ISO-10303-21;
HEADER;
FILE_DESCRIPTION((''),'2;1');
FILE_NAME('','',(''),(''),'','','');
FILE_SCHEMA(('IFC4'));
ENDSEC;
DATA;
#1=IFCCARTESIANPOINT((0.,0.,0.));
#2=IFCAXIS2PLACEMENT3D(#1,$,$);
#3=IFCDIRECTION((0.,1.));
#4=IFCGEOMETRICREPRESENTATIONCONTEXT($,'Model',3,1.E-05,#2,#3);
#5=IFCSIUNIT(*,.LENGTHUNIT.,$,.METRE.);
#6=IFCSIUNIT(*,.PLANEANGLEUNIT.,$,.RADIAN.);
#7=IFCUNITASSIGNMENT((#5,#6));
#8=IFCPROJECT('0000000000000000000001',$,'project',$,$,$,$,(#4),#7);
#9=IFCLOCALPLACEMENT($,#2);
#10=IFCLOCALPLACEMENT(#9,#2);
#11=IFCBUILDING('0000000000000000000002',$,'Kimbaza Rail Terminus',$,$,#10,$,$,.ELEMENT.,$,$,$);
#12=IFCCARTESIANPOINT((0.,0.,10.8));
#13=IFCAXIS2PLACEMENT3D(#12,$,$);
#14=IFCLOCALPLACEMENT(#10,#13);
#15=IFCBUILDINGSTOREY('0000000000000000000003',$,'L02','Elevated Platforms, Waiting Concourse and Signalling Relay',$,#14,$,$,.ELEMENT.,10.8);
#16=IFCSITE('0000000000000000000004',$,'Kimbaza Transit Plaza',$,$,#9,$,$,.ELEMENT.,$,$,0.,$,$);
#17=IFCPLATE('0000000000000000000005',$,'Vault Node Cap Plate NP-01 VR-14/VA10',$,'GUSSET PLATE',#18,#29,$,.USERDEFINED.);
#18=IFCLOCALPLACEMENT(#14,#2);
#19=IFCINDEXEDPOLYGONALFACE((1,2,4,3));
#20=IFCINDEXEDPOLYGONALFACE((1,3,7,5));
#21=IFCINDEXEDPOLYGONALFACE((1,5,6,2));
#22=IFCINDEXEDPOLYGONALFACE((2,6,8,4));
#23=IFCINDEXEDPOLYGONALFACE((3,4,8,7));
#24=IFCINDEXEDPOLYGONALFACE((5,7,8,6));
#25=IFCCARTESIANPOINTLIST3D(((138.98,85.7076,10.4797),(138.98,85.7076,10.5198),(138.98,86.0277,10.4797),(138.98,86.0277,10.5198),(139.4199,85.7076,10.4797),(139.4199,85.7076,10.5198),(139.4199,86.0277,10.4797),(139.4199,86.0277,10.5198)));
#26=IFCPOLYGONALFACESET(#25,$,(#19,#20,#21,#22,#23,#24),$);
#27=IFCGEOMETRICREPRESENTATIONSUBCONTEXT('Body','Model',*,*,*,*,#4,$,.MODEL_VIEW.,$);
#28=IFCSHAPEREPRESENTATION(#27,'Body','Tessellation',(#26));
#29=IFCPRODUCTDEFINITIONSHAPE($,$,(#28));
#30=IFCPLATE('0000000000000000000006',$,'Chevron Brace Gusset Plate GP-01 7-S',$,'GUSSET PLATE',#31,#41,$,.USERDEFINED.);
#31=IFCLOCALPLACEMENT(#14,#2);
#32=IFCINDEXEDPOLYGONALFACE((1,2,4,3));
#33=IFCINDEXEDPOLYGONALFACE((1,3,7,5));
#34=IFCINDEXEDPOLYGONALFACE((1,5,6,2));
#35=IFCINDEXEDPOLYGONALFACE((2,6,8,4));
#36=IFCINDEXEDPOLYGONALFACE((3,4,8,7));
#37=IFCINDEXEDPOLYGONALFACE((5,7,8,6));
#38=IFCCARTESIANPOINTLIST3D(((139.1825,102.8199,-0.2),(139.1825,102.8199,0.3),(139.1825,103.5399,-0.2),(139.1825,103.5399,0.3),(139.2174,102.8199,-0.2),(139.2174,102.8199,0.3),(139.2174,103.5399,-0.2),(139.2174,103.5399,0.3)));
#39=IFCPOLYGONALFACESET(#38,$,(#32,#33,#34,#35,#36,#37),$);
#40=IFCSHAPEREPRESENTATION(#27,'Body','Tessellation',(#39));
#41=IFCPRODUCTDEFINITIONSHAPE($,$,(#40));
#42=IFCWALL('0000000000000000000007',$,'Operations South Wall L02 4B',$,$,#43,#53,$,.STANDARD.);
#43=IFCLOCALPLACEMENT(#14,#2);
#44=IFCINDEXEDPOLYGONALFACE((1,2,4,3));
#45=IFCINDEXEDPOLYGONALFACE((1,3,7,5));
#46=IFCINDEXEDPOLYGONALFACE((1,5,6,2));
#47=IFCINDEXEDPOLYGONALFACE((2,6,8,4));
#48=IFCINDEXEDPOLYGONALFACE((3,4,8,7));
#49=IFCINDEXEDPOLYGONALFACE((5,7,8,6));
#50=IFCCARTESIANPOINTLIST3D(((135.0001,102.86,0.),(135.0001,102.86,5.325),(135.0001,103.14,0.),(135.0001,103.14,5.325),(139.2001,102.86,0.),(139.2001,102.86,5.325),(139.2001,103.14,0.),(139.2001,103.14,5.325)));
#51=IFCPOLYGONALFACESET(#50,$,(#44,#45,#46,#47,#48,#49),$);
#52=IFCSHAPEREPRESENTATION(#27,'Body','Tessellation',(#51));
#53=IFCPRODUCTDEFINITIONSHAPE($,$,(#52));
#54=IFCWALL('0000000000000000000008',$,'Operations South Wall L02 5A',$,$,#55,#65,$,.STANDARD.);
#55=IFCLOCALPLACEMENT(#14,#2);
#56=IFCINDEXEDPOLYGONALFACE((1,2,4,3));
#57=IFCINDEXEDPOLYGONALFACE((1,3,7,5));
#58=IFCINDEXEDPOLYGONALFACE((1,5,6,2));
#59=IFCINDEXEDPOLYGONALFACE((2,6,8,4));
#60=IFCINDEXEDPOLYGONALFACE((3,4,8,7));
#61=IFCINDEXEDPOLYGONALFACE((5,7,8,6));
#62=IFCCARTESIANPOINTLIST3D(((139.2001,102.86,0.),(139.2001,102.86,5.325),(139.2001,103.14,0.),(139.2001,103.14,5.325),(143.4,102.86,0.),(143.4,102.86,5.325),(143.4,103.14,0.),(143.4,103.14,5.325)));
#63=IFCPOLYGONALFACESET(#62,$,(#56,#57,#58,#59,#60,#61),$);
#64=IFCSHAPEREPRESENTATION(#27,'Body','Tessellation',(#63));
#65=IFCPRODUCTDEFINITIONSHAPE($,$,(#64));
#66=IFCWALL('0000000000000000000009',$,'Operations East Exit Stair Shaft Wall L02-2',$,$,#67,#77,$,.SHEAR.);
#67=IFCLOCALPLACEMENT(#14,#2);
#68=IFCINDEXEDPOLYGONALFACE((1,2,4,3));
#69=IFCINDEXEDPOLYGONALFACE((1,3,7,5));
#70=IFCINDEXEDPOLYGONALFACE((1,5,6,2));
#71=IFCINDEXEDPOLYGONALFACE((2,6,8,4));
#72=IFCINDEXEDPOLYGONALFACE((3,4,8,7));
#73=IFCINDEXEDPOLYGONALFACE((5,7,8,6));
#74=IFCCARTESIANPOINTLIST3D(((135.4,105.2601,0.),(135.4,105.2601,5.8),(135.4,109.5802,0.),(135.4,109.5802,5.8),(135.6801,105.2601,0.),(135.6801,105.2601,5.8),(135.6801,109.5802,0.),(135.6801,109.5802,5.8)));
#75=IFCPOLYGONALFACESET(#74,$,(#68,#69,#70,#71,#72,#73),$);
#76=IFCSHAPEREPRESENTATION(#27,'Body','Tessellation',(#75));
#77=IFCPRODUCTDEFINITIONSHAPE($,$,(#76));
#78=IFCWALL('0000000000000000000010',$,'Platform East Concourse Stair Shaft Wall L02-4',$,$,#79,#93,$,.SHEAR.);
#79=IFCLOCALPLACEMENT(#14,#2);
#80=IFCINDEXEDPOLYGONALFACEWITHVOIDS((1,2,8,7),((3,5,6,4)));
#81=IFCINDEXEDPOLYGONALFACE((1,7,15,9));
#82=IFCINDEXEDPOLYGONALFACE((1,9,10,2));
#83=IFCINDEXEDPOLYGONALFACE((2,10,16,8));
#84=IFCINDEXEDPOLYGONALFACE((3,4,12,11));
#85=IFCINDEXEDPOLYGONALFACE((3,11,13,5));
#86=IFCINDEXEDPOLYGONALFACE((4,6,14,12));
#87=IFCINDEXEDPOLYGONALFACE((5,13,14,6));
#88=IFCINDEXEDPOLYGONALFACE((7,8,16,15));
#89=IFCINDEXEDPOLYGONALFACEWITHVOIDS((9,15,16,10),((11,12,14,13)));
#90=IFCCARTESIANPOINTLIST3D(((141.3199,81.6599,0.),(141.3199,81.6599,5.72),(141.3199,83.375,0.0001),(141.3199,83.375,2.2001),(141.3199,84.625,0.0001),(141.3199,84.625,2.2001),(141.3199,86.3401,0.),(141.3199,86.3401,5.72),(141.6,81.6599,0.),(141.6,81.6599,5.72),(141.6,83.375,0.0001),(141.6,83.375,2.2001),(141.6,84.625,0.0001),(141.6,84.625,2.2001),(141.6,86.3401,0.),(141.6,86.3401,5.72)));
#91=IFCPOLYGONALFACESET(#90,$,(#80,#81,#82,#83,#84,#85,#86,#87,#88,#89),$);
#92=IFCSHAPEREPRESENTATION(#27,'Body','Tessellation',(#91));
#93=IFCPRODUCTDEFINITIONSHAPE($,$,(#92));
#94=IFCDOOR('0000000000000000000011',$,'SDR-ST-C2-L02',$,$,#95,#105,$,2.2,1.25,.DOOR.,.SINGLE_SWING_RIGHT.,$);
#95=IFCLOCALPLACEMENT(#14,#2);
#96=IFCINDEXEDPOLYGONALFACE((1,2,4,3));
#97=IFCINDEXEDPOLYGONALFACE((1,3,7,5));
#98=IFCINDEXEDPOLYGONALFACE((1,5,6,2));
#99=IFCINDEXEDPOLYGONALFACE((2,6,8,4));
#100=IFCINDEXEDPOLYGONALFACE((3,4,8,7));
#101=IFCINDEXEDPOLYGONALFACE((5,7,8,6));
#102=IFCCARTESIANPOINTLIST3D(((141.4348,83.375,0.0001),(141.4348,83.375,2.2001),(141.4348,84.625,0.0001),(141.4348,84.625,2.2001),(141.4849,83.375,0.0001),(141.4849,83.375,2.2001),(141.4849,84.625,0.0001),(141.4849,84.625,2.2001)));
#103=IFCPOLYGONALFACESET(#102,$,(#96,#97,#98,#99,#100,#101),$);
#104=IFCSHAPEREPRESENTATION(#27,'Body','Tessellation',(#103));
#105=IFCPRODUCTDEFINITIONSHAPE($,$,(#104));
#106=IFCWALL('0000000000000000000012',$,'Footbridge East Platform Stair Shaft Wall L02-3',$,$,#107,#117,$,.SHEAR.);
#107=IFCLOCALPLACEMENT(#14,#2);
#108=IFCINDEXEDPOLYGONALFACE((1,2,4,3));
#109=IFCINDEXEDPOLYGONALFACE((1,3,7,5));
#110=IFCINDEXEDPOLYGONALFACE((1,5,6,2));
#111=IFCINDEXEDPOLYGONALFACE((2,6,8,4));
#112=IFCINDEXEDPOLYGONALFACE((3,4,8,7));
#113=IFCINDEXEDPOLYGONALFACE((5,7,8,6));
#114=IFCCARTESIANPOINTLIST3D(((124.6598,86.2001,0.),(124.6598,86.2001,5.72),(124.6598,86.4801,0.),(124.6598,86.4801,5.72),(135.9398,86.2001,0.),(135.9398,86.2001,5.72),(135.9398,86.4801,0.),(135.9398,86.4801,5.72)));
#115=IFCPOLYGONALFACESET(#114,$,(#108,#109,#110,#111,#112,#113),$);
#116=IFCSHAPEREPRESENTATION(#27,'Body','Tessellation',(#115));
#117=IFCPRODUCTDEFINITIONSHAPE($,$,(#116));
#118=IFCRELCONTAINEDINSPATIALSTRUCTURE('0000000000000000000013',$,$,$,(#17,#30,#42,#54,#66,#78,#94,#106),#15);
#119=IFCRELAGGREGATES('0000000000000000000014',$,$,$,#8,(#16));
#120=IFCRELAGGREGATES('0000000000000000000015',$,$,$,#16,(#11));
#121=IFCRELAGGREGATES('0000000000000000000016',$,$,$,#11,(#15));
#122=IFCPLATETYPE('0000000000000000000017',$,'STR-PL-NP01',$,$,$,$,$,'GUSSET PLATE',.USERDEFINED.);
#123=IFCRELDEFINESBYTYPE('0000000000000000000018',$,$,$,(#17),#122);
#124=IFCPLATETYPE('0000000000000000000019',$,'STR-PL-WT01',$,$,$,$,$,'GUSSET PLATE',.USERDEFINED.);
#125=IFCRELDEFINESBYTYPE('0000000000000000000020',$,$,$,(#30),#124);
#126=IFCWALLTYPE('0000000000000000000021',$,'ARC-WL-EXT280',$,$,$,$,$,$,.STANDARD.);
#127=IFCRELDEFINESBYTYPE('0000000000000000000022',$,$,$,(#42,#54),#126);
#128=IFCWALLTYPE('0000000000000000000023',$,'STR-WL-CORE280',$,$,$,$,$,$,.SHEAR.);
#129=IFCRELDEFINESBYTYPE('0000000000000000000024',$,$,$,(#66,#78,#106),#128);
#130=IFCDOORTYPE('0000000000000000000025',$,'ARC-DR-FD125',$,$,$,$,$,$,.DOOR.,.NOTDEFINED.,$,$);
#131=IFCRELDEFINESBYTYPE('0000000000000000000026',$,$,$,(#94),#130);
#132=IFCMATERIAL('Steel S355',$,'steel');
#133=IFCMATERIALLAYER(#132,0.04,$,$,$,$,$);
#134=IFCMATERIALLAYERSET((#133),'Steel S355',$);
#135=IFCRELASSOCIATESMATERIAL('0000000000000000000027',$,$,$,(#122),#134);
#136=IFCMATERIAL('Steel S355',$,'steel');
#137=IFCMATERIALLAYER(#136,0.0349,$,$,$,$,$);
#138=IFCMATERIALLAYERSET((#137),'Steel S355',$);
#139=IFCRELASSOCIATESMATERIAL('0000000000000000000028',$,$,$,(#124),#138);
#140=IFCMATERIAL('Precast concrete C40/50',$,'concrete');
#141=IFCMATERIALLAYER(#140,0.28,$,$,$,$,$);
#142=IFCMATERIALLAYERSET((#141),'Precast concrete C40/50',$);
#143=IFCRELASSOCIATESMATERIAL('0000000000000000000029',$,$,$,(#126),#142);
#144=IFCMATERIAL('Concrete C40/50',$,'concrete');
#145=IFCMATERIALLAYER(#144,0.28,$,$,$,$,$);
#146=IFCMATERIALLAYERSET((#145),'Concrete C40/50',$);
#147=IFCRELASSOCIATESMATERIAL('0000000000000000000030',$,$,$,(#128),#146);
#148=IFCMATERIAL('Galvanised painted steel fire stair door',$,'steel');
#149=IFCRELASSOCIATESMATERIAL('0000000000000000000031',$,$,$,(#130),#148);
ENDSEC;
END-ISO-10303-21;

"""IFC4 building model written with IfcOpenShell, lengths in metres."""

from ifc_helpers import new_model, si_unit, direction, frame, frame_2d, origin, origin_2d, place, context, subcontext, project, spatial, rectangle, extrude, material, layer, layer_set, type_object, element, fill, save


model = new_model("IFC4")

# Units and contexts
model_context = context("Model", 3, precision=1e-05, world=origin(), true_north=direction((0.0, 1.0)))
body_context = subcontext(model_context, "Body", "Model", "MODEL_VIEW")
ifc_project = project(units=[si_unit("LENGTHUNIT", "METRE"), si_unit("PLANEANGLEUNIT", "RADIAN")], contexts=[model_context])

# Site, building, storey
site_placement = place(None, origin())
site = spatial("IfcSite", under=ifc_project, at=site_placement, Name="Kimbaza Transit Plaza", CompositionType="ELEMENT", RefElevation=0.0)
building_placement = place(site_placement, origin())
building = spatial("IfcBuilding", under=site, at=building_placement, Name="Kimbaza Rail Terminus", CompositionType="ELEMENT")
storey_placement = place(building_placement, frame((0.0, 0.0, 10.8)))
storey = spatial("IfcBuildingStorey", under=building, at=storey_placement, Name="L02", Description="Elevated Platforms, Waiting Concourse and Signalling Relay", CompositionType="ELEMENT", Elevation=10.8)

# Plates
ifc_material_1 = material(Name="Steel S355", Category="steel")
ifc_layer_1 = layer(ifc_material_1, 0.04)
ifc_layer_set_1 = layer_set([ifc_layer_1], Name="Steel S355")
plate_type_1 = type_object("IfcPlateType", Name="STR-PL-NP01", ElementType="GUSSET PLATE", PredefinedType="USERDEFINED", material=ifc_layer_set_1)
plate_1_placement = place(storey_placement, frame((139.2, 85.8677, 10.4797), z_axis=(0.0, 0.0, 1.0), x_axis=(1.0, 0.0, 0.0)))
element("IfcPlate", 1, at=plate_1_placement, inside=storey, type_object=plate_type_1, Name="Vault Node Cap Plate NP-01 VR-14/VA10", ObjectType="GUSSET PLATE", PredefinedType="USERDEFINED", context=body_context, shape_type="SweptSolid", body=[
    extrude(rectangle(XDim=0.4399, YDim=0.3201, at=origin_2d()), origin(), (0.0, 0.0, 1.0), 0.04),
])
ifc_material_2 = material(Name="Steel S355", Category="steel")
ifc_layer_2 = layer(ifc_material_2, 0.0349)
ifc_layer_set_2 = layer_set([ifc_layer_2], Name="Steel S355")
plate_type_2 = type_object("IfcPlateType", Name="STR-PL-WT01", ElementType="GUSSET PLATE", PredefinedType="USERDEFINED", material=ifc_layer_set_2)
plate_2_placement = place(storey_placement, frame((139.2, 103.1799, -0.2), z_axis=(0.0, 0.0, 1.0), x_axis=(1.0, 0.0, 0.0)))
element("IfcPlate", 2, at=plate_2_placement, inside=storey, type_object=plate_type_2, Name="Chevron Brace Gusset Plate GP-01 7-S", ObjectType="GUSSET PLATE", PredefinedType="USERDEFINED", context=body_context, shape_type="SweptSolid", body=[
    extrude(rectangle(XDim=0.0349, YDim=0.72, at=origin_2d()), origin(), (0.0, 0.0, 1.0), 0.5),
])

# Walls
ifc_material_3 = material(Name="Precast concrete C40/50", Category="concrete")
ifc_layer_3 = layer(ifc_material_3, 0.28)
ifc_layer_set_3 = layer_set([ifc_layer_3], Name="Precast concrete C40/50")
wall_type_1 = type_object("IfcWallType", Name="ARC-WL-EXT280", PredefinedType="STANDARD", material=ifc_layer_set_3)
for number, where, z_axis, x_axis, name in (
    (3, (135.0, 103.0, 0.0), (0.0, 0.0, 1.0), (1.0, 0.0, 0.0), "Operations South Wall L02 4B"),
    (4, (139.2, 103.0, 0.0), (0.0, 0.0, 1.0), (1.0, 0.0, 0.0), "Operations South Wall L02 5A"),
):
    element("IfcWall", number, at=place(storey_placement, frame(where, z_axis=z_axis, x_axis=x_axis)), inside=storey, type_object=wall_type_1, Name=name, PredefinedType="STANDARD", context=body_context, shape_type="SweptSolid", body=[
        extrude(rectangle(XDim=4.2, YDim=0.28, at=frame_2d((2.1001, 0.0))), origin(), (0.0, 0.0, 1.0), 5.325),
    ])
ifc_material_4 = material(Name="Concrete C40/50", Category="concrete")
ifc_layer_4 = layer(ifc_material_4, 0.28)
ifc_layer_set_4 = layer_set([ifc_layer_4], Name="Concrete C40/50")
wall_type_2 = type_object("IfcWallType", Name="STR-WL-CORE280", PredefinedType="SHEAR", material=ifc_layer_set_4)
wall_1_placement = place(storey_placement, frame((135.54, 105.26, 0.0), z_axis=(0.0, 0.0, 1.0), x_axis=(0.0, 1.0, 0.0)))
element("IfcWall", 5, at=wall_1_placement, inside=storey, type_object=wall_type_2, Name="Operations East Exit Stair Shaft Wall L02-2", PredefinedType="SHEAR", context=body_context, shape_type="SweptSolid", body=[
    extrude(rectangle(XDim=4.3201, YDim=0.28, at=frame_2d((2.1602, 0.0))), origin(), (0.0, 0.0, 1.0), 5.8),
])

# Wall, opening, door
wall_2_placement = place(storey_placement, frame((141.46, 86.3401, 0.0), z_axis=(0.0, 0.0, 1.0), x_axis=(0.0, -1.0, 0.0)))
wall_2 = element("IfcWall", 6, at=wall_2_placement, inside=storey, type_object=wall_type_2, Name="Platform East Concourse Stair Shaft Wall L02-4", PredefinedType="SHEAR", context=body_context, shape_type="SweptSolid", body=[
    extrude(rectangle(XDim=4.6802, YDim=0.28, at=frame_2d((2.3401, 0.0))), origin(), (0.0, 0.0, 1.0), 5.72),
])
opening_placement = place(wall_2_placement, frame((1.7151, 0.0, 0.0)))
opening = element("IfcOpeningElement", 7, at=opening_placement, cuts=wall_2, PredefinedType="OPENING", context=body_context, shape_type="SweptSolid", body=[
    extrude(rectangle(XDim=1.25, YDim=2.2, at=frame_2d((0.625, 1.1001))), frame((0.0, 0.1499, 0.0), z_axis=(0.0, -1.0, 0.0), x_axis=(1.0, 0.0, 0.0)), (0.0, 0.0, 1.0), 0.3),
])
ifc_material_5 = material(Name="Galvanised painted steel fire stair door", Category="steel")
door_type = type_object("IfcDoorType", Name="ARC-DR-FD125", OperationType="NOTDEFINED", PredefinedType="DOOR", material=ifc_material_5)
door_placement = place(opening_placement, origin())
door = element("IfcDoor", 8, at=door_placement, inside=storey, type_object=door_type, Name="SDR-ST-C2-L02", OperationType="SINGLE_SWING_RIGHT", OverallHeight=2.2, OverallWidth=1.25, PredefinedType="DOOR", context=body_context, shape_type="SweptSolid", body=[
    extrude(rectangle(XDim=1.25, YDim=2.2, at=frame_2d((0.625, 1.1001))), frame((0.0, 0.0249, 0.0), z_axis=(0.0, -1.0, 0.0), x_axis=(1.0, 0.0, 0.0)), (0.0, 0.0, 1.0), 0.05),
])
fill(opening, door)

# Wall
wall_3_placement = place(storey_placement, frame((135.9399, 86.3401, 0.0), z_axis=(0.0, 0.0, 1.0), x_axis=(-1.0, 0.0, 0.0)))
element("IfcWall", 9, at=wall_3_placement, inside=storey, type_object=wall_type_2, Name="Footbridge East Platform Stair Shaft Wall L02-3", PredefinedType="SHEAR", context=body_context, shape_type="SweptSolid", body=[
    extrude(rectangle(XDim=11.28, YDim=0.28, at=frame_2d((5.6401, 0.0))), origin(), (0.0, 0.0, 1.0), 5.72),
])

save(model, "model.ifc")
